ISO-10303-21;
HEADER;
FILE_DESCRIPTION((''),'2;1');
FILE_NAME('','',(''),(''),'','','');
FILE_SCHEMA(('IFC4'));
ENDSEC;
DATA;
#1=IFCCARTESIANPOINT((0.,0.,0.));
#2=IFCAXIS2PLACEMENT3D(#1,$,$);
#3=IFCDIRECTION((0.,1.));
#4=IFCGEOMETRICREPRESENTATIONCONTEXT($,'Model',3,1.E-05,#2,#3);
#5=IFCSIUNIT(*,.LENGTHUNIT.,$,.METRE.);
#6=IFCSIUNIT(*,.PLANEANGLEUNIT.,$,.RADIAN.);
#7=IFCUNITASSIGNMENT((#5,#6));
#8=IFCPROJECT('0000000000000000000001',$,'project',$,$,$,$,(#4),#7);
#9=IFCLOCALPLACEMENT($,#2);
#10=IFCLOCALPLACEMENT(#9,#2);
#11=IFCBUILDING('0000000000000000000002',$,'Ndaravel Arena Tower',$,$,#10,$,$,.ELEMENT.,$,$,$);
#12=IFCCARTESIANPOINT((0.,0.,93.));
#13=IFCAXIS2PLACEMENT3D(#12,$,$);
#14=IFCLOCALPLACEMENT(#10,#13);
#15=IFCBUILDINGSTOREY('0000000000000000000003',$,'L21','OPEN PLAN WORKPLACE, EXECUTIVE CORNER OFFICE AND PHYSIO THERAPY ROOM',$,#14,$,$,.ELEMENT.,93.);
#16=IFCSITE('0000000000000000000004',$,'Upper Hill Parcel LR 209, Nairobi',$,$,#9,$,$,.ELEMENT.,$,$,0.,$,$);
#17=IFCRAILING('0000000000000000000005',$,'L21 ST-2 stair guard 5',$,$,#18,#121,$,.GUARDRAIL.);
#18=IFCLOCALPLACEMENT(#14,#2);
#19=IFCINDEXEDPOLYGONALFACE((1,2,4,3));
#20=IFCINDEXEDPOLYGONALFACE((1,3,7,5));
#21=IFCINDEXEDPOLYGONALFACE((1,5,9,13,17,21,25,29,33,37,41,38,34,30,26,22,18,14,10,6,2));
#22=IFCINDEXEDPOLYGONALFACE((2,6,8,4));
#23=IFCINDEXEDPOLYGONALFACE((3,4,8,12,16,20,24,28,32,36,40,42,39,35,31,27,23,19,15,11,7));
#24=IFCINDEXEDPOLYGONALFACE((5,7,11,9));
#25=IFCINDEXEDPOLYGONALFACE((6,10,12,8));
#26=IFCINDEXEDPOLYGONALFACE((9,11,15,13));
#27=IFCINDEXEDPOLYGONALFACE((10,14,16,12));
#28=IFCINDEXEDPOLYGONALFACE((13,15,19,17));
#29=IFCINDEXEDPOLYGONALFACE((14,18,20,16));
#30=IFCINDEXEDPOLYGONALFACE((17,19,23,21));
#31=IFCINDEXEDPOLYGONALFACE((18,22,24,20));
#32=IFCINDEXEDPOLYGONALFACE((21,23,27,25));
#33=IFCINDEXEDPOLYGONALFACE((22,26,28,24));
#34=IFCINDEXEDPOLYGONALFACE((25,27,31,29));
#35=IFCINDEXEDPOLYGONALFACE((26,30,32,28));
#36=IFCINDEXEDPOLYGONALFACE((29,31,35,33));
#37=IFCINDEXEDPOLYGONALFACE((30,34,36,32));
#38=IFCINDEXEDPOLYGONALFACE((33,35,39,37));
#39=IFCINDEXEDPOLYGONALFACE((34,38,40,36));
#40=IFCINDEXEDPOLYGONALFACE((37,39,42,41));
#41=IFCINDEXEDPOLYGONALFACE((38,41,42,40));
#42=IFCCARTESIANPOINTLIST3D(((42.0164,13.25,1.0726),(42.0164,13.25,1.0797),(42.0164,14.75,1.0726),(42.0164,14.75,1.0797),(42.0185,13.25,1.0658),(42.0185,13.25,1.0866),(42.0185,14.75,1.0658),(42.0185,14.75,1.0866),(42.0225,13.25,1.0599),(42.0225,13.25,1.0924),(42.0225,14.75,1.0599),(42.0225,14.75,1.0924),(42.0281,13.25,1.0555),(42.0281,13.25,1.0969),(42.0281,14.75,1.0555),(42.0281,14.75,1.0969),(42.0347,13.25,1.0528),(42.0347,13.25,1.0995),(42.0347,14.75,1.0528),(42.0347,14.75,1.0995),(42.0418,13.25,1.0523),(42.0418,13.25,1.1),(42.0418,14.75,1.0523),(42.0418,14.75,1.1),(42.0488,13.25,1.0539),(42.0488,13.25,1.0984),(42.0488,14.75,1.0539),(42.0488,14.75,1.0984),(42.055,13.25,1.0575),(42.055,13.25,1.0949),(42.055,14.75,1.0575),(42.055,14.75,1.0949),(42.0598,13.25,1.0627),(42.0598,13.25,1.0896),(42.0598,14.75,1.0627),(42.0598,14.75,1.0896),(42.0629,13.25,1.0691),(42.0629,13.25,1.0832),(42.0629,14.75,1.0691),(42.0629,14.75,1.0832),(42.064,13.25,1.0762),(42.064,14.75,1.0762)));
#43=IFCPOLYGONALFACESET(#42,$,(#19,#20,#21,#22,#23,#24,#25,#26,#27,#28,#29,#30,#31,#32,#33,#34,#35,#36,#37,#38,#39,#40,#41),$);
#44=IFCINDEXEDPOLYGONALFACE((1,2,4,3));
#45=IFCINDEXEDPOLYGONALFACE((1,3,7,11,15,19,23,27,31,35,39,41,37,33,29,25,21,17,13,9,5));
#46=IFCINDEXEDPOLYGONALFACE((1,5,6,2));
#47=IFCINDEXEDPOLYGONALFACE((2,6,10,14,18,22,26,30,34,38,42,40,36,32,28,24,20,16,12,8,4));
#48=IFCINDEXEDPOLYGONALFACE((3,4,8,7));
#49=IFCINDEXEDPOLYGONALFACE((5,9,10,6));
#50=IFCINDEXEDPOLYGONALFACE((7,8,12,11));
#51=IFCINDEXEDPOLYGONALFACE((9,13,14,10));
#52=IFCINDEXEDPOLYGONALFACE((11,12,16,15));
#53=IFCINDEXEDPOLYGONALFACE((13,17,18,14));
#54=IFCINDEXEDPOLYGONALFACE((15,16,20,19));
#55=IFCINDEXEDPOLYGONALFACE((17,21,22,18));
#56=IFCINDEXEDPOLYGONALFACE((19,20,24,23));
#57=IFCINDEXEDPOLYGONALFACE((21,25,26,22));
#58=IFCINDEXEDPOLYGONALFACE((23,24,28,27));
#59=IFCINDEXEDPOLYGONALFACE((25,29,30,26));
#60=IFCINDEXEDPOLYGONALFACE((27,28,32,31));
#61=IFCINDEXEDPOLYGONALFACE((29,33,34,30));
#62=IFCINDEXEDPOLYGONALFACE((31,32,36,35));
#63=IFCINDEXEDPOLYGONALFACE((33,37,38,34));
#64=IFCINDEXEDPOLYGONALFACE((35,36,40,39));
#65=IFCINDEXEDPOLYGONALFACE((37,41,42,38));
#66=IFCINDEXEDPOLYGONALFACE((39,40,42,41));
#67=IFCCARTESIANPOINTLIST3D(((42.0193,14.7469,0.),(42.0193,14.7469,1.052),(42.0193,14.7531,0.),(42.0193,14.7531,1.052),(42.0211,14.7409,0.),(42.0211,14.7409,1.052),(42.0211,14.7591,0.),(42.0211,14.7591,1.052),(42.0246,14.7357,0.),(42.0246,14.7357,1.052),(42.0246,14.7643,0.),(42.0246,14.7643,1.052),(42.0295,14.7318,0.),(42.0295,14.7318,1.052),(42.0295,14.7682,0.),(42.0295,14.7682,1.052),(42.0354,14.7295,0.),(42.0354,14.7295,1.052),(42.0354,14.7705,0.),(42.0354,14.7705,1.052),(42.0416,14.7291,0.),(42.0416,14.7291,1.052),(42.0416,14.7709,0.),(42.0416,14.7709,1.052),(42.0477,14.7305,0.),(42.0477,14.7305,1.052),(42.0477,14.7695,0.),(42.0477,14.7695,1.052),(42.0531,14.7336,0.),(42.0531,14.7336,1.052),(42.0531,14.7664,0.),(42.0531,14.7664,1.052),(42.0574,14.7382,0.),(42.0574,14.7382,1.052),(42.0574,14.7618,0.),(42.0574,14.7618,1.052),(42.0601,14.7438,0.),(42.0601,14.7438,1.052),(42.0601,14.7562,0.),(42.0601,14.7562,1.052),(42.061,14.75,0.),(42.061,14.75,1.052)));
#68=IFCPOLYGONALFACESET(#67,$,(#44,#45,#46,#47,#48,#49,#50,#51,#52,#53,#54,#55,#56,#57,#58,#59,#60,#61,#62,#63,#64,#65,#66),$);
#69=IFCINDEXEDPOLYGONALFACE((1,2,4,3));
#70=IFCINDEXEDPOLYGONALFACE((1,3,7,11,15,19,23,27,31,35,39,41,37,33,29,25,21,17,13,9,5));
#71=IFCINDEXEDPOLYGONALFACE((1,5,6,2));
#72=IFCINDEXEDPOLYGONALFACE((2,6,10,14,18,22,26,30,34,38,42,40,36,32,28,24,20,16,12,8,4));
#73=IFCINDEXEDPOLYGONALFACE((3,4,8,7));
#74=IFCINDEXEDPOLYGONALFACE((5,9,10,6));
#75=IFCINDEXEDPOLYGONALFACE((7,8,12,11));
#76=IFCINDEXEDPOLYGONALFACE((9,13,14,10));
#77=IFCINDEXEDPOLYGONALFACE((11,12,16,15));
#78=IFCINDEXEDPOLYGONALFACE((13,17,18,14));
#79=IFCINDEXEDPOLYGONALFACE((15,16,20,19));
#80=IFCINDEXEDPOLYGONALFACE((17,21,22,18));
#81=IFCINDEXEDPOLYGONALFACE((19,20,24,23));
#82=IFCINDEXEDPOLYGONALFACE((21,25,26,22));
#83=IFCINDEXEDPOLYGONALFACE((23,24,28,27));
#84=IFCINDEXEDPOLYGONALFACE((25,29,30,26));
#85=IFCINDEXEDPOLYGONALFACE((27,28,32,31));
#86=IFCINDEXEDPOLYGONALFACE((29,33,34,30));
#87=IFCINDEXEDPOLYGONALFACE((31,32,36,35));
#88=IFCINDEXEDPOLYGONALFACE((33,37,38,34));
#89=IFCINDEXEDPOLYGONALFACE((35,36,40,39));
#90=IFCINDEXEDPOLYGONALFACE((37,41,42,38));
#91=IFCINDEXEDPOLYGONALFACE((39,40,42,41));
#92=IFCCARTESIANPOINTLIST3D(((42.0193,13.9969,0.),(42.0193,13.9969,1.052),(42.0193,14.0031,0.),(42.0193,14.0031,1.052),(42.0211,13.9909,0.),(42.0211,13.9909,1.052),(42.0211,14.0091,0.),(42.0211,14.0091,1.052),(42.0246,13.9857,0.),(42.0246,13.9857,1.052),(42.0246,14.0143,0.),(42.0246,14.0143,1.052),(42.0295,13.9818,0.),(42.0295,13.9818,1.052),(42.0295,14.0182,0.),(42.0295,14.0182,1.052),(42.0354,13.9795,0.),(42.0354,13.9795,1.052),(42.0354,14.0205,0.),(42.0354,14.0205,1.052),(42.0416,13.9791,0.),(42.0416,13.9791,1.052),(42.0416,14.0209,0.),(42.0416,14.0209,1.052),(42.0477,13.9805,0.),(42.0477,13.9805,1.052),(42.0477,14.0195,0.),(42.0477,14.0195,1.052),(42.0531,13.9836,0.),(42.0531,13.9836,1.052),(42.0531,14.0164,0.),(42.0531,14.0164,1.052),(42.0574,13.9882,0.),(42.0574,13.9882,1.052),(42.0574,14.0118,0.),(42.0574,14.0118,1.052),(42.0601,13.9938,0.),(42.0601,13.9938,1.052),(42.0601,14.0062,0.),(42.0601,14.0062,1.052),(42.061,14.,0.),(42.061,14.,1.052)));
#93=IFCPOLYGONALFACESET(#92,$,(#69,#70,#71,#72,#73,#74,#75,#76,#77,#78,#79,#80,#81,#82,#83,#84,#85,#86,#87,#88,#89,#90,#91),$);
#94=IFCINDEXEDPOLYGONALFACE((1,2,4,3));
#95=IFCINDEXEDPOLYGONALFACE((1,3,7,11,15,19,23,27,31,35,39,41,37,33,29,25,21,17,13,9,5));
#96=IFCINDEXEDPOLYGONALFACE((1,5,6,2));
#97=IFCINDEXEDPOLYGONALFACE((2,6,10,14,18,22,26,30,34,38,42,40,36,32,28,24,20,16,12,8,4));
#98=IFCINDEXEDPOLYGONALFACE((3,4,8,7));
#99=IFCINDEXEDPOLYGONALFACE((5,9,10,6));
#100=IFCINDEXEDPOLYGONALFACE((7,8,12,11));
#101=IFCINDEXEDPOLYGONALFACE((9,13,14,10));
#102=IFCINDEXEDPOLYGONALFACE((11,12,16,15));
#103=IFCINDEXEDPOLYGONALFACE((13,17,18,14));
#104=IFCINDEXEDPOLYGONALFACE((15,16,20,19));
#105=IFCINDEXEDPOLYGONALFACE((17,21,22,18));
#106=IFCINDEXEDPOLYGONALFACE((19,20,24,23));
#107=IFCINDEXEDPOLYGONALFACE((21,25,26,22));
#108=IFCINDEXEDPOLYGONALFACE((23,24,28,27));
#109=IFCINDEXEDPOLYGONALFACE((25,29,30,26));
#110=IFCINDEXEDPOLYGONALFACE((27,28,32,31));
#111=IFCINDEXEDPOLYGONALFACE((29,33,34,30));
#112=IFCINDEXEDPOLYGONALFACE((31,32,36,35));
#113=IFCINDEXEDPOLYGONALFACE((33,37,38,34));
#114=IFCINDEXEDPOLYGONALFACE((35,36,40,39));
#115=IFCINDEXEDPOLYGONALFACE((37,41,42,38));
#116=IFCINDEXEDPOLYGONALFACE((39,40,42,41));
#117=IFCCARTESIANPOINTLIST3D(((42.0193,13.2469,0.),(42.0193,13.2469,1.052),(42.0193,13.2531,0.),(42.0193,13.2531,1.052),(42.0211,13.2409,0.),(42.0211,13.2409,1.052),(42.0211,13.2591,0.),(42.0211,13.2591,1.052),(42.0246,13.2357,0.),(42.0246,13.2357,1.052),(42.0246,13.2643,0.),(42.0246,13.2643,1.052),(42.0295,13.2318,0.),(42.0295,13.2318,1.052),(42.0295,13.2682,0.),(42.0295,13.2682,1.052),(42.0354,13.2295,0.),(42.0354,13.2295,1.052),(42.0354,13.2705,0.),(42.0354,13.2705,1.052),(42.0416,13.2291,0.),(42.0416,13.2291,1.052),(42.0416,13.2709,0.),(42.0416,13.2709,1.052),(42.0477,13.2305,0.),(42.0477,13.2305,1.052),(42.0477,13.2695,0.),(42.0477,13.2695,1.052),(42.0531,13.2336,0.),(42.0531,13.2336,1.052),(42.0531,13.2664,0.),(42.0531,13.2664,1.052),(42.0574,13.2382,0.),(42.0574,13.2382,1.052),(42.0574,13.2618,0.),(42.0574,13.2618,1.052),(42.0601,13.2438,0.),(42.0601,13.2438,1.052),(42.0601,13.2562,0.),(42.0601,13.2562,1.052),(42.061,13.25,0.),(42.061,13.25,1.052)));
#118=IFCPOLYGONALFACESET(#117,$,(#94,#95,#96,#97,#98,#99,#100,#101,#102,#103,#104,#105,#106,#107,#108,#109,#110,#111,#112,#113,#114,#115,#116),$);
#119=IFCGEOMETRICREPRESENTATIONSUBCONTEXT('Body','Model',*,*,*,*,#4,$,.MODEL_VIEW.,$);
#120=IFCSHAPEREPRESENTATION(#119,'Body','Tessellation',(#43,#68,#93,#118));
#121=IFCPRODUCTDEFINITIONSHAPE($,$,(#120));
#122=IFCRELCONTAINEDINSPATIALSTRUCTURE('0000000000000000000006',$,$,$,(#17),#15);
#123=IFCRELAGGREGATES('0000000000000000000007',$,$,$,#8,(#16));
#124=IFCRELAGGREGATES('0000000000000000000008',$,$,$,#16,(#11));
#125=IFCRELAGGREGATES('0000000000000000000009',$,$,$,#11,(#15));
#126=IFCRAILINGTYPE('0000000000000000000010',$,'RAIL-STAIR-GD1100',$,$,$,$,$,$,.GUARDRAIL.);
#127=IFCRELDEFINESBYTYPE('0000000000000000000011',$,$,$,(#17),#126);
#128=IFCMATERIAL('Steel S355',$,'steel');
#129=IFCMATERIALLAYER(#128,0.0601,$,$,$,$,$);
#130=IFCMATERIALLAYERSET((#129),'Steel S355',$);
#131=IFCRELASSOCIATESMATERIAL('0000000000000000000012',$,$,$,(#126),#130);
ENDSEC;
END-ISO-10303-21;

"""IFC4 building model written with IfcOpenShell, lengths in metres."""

from ifc_helpers import new_model, si_unit, direction, frame, origin, origin_2d, place, context, subcontext, project, spatial, circle, extrude, material, layer, layer_set, type_object, element, save


model = new_model("IFC4")

# Units and contexts
model_context = context("Model", 3, precision=1e-05, world=origin(), true_north=direction((0.0, 1.0)))
body_context = subcontext(model_context, "Body", "Model", "MODEL_VIEW")
ifc_project = project(units=[si_unit("LENGTHUNIT", "METRE"), si_unit("PLANEANGLEUNIT", "RADIAN")], contexts=[model_context])

# Site, building, storey
site_placement = place(None, origin())
site = spatial("IfcSite", under=ifc_project, at=site_placement, Name="Upper Hill Parcel LR 209, Nairobi", CompositionType="ELEMENT", RefElevation=0.0)
building_placement = place(site_placement, origin())
building = spatial("IfcBuilding", under=site, at=building_placement, Name="Ndaravel Arena Tower", CompositionType="ELEMENT")
storey_placement = place(building_placement, frame((0.0, 0.0, 93.0)))
storey = spatial("IfcBuildingStorey", under=building, at=storey_placement, Name="L21", Description="OPEN PLAN WORKPLACE, EXECUTIVE CORNER OFFICE AND PHYSIO THERAPY ROOM", CompositionType="ELEMENT", Elevation=93.0)

# Railing
ifc_material_1 = material(Name="Steel S355", Category="steel")
ifc_layer_1 = layer(ifc_material_1, 0.0601)
ifc_layer_set_1 = layer_set([ifc_layer_1], Name="Steel S355")
railing_type = type_object("IfcRailingType", Name="RAIL-STAIR-GD1100", PredefinedType="GUARDRAIL", material=ifc_layer_set_1)
for number, where, name in (
    (1, (42.04, 14.75, 0.0), "L21 ST-2 stair guard 5"),
):
    element("IfcRailing", number, at=place(storey_placement, frame(where)), inside=storey, type_object=railing_type, Name=name, PredefinedType="GUARDRAIL", context=body_context, shape_type="SweptSolid", body=[
        extrude(circle(Radius=0.0239, at=origin_2d()), frame((0.0, 0.0, 1.0762), z_axis=(0.0, -1.0, 0.0), x_axis=(1.0, 0.0, 0.0)), (0.0, 0.0, 1.0), 1.5),
        extrude(circle(Radius=0.021, at=origin_2d()), origin(), (0.0, 0.0, 1.0), 1.052),
        extrude(circle(Radius=0.021, at=origin_2d()), frame((0.0, -0.75, 0.0)), (0.0, 0.0, 1.0), 1.052),
        extrude(circle(Radius=0.021, at=origin_2d()), frame((0.0, -1.5, 0.0)), (0.0, 0.0, 1.0), 1.052),
    ])

save(model, "model.ifc")
